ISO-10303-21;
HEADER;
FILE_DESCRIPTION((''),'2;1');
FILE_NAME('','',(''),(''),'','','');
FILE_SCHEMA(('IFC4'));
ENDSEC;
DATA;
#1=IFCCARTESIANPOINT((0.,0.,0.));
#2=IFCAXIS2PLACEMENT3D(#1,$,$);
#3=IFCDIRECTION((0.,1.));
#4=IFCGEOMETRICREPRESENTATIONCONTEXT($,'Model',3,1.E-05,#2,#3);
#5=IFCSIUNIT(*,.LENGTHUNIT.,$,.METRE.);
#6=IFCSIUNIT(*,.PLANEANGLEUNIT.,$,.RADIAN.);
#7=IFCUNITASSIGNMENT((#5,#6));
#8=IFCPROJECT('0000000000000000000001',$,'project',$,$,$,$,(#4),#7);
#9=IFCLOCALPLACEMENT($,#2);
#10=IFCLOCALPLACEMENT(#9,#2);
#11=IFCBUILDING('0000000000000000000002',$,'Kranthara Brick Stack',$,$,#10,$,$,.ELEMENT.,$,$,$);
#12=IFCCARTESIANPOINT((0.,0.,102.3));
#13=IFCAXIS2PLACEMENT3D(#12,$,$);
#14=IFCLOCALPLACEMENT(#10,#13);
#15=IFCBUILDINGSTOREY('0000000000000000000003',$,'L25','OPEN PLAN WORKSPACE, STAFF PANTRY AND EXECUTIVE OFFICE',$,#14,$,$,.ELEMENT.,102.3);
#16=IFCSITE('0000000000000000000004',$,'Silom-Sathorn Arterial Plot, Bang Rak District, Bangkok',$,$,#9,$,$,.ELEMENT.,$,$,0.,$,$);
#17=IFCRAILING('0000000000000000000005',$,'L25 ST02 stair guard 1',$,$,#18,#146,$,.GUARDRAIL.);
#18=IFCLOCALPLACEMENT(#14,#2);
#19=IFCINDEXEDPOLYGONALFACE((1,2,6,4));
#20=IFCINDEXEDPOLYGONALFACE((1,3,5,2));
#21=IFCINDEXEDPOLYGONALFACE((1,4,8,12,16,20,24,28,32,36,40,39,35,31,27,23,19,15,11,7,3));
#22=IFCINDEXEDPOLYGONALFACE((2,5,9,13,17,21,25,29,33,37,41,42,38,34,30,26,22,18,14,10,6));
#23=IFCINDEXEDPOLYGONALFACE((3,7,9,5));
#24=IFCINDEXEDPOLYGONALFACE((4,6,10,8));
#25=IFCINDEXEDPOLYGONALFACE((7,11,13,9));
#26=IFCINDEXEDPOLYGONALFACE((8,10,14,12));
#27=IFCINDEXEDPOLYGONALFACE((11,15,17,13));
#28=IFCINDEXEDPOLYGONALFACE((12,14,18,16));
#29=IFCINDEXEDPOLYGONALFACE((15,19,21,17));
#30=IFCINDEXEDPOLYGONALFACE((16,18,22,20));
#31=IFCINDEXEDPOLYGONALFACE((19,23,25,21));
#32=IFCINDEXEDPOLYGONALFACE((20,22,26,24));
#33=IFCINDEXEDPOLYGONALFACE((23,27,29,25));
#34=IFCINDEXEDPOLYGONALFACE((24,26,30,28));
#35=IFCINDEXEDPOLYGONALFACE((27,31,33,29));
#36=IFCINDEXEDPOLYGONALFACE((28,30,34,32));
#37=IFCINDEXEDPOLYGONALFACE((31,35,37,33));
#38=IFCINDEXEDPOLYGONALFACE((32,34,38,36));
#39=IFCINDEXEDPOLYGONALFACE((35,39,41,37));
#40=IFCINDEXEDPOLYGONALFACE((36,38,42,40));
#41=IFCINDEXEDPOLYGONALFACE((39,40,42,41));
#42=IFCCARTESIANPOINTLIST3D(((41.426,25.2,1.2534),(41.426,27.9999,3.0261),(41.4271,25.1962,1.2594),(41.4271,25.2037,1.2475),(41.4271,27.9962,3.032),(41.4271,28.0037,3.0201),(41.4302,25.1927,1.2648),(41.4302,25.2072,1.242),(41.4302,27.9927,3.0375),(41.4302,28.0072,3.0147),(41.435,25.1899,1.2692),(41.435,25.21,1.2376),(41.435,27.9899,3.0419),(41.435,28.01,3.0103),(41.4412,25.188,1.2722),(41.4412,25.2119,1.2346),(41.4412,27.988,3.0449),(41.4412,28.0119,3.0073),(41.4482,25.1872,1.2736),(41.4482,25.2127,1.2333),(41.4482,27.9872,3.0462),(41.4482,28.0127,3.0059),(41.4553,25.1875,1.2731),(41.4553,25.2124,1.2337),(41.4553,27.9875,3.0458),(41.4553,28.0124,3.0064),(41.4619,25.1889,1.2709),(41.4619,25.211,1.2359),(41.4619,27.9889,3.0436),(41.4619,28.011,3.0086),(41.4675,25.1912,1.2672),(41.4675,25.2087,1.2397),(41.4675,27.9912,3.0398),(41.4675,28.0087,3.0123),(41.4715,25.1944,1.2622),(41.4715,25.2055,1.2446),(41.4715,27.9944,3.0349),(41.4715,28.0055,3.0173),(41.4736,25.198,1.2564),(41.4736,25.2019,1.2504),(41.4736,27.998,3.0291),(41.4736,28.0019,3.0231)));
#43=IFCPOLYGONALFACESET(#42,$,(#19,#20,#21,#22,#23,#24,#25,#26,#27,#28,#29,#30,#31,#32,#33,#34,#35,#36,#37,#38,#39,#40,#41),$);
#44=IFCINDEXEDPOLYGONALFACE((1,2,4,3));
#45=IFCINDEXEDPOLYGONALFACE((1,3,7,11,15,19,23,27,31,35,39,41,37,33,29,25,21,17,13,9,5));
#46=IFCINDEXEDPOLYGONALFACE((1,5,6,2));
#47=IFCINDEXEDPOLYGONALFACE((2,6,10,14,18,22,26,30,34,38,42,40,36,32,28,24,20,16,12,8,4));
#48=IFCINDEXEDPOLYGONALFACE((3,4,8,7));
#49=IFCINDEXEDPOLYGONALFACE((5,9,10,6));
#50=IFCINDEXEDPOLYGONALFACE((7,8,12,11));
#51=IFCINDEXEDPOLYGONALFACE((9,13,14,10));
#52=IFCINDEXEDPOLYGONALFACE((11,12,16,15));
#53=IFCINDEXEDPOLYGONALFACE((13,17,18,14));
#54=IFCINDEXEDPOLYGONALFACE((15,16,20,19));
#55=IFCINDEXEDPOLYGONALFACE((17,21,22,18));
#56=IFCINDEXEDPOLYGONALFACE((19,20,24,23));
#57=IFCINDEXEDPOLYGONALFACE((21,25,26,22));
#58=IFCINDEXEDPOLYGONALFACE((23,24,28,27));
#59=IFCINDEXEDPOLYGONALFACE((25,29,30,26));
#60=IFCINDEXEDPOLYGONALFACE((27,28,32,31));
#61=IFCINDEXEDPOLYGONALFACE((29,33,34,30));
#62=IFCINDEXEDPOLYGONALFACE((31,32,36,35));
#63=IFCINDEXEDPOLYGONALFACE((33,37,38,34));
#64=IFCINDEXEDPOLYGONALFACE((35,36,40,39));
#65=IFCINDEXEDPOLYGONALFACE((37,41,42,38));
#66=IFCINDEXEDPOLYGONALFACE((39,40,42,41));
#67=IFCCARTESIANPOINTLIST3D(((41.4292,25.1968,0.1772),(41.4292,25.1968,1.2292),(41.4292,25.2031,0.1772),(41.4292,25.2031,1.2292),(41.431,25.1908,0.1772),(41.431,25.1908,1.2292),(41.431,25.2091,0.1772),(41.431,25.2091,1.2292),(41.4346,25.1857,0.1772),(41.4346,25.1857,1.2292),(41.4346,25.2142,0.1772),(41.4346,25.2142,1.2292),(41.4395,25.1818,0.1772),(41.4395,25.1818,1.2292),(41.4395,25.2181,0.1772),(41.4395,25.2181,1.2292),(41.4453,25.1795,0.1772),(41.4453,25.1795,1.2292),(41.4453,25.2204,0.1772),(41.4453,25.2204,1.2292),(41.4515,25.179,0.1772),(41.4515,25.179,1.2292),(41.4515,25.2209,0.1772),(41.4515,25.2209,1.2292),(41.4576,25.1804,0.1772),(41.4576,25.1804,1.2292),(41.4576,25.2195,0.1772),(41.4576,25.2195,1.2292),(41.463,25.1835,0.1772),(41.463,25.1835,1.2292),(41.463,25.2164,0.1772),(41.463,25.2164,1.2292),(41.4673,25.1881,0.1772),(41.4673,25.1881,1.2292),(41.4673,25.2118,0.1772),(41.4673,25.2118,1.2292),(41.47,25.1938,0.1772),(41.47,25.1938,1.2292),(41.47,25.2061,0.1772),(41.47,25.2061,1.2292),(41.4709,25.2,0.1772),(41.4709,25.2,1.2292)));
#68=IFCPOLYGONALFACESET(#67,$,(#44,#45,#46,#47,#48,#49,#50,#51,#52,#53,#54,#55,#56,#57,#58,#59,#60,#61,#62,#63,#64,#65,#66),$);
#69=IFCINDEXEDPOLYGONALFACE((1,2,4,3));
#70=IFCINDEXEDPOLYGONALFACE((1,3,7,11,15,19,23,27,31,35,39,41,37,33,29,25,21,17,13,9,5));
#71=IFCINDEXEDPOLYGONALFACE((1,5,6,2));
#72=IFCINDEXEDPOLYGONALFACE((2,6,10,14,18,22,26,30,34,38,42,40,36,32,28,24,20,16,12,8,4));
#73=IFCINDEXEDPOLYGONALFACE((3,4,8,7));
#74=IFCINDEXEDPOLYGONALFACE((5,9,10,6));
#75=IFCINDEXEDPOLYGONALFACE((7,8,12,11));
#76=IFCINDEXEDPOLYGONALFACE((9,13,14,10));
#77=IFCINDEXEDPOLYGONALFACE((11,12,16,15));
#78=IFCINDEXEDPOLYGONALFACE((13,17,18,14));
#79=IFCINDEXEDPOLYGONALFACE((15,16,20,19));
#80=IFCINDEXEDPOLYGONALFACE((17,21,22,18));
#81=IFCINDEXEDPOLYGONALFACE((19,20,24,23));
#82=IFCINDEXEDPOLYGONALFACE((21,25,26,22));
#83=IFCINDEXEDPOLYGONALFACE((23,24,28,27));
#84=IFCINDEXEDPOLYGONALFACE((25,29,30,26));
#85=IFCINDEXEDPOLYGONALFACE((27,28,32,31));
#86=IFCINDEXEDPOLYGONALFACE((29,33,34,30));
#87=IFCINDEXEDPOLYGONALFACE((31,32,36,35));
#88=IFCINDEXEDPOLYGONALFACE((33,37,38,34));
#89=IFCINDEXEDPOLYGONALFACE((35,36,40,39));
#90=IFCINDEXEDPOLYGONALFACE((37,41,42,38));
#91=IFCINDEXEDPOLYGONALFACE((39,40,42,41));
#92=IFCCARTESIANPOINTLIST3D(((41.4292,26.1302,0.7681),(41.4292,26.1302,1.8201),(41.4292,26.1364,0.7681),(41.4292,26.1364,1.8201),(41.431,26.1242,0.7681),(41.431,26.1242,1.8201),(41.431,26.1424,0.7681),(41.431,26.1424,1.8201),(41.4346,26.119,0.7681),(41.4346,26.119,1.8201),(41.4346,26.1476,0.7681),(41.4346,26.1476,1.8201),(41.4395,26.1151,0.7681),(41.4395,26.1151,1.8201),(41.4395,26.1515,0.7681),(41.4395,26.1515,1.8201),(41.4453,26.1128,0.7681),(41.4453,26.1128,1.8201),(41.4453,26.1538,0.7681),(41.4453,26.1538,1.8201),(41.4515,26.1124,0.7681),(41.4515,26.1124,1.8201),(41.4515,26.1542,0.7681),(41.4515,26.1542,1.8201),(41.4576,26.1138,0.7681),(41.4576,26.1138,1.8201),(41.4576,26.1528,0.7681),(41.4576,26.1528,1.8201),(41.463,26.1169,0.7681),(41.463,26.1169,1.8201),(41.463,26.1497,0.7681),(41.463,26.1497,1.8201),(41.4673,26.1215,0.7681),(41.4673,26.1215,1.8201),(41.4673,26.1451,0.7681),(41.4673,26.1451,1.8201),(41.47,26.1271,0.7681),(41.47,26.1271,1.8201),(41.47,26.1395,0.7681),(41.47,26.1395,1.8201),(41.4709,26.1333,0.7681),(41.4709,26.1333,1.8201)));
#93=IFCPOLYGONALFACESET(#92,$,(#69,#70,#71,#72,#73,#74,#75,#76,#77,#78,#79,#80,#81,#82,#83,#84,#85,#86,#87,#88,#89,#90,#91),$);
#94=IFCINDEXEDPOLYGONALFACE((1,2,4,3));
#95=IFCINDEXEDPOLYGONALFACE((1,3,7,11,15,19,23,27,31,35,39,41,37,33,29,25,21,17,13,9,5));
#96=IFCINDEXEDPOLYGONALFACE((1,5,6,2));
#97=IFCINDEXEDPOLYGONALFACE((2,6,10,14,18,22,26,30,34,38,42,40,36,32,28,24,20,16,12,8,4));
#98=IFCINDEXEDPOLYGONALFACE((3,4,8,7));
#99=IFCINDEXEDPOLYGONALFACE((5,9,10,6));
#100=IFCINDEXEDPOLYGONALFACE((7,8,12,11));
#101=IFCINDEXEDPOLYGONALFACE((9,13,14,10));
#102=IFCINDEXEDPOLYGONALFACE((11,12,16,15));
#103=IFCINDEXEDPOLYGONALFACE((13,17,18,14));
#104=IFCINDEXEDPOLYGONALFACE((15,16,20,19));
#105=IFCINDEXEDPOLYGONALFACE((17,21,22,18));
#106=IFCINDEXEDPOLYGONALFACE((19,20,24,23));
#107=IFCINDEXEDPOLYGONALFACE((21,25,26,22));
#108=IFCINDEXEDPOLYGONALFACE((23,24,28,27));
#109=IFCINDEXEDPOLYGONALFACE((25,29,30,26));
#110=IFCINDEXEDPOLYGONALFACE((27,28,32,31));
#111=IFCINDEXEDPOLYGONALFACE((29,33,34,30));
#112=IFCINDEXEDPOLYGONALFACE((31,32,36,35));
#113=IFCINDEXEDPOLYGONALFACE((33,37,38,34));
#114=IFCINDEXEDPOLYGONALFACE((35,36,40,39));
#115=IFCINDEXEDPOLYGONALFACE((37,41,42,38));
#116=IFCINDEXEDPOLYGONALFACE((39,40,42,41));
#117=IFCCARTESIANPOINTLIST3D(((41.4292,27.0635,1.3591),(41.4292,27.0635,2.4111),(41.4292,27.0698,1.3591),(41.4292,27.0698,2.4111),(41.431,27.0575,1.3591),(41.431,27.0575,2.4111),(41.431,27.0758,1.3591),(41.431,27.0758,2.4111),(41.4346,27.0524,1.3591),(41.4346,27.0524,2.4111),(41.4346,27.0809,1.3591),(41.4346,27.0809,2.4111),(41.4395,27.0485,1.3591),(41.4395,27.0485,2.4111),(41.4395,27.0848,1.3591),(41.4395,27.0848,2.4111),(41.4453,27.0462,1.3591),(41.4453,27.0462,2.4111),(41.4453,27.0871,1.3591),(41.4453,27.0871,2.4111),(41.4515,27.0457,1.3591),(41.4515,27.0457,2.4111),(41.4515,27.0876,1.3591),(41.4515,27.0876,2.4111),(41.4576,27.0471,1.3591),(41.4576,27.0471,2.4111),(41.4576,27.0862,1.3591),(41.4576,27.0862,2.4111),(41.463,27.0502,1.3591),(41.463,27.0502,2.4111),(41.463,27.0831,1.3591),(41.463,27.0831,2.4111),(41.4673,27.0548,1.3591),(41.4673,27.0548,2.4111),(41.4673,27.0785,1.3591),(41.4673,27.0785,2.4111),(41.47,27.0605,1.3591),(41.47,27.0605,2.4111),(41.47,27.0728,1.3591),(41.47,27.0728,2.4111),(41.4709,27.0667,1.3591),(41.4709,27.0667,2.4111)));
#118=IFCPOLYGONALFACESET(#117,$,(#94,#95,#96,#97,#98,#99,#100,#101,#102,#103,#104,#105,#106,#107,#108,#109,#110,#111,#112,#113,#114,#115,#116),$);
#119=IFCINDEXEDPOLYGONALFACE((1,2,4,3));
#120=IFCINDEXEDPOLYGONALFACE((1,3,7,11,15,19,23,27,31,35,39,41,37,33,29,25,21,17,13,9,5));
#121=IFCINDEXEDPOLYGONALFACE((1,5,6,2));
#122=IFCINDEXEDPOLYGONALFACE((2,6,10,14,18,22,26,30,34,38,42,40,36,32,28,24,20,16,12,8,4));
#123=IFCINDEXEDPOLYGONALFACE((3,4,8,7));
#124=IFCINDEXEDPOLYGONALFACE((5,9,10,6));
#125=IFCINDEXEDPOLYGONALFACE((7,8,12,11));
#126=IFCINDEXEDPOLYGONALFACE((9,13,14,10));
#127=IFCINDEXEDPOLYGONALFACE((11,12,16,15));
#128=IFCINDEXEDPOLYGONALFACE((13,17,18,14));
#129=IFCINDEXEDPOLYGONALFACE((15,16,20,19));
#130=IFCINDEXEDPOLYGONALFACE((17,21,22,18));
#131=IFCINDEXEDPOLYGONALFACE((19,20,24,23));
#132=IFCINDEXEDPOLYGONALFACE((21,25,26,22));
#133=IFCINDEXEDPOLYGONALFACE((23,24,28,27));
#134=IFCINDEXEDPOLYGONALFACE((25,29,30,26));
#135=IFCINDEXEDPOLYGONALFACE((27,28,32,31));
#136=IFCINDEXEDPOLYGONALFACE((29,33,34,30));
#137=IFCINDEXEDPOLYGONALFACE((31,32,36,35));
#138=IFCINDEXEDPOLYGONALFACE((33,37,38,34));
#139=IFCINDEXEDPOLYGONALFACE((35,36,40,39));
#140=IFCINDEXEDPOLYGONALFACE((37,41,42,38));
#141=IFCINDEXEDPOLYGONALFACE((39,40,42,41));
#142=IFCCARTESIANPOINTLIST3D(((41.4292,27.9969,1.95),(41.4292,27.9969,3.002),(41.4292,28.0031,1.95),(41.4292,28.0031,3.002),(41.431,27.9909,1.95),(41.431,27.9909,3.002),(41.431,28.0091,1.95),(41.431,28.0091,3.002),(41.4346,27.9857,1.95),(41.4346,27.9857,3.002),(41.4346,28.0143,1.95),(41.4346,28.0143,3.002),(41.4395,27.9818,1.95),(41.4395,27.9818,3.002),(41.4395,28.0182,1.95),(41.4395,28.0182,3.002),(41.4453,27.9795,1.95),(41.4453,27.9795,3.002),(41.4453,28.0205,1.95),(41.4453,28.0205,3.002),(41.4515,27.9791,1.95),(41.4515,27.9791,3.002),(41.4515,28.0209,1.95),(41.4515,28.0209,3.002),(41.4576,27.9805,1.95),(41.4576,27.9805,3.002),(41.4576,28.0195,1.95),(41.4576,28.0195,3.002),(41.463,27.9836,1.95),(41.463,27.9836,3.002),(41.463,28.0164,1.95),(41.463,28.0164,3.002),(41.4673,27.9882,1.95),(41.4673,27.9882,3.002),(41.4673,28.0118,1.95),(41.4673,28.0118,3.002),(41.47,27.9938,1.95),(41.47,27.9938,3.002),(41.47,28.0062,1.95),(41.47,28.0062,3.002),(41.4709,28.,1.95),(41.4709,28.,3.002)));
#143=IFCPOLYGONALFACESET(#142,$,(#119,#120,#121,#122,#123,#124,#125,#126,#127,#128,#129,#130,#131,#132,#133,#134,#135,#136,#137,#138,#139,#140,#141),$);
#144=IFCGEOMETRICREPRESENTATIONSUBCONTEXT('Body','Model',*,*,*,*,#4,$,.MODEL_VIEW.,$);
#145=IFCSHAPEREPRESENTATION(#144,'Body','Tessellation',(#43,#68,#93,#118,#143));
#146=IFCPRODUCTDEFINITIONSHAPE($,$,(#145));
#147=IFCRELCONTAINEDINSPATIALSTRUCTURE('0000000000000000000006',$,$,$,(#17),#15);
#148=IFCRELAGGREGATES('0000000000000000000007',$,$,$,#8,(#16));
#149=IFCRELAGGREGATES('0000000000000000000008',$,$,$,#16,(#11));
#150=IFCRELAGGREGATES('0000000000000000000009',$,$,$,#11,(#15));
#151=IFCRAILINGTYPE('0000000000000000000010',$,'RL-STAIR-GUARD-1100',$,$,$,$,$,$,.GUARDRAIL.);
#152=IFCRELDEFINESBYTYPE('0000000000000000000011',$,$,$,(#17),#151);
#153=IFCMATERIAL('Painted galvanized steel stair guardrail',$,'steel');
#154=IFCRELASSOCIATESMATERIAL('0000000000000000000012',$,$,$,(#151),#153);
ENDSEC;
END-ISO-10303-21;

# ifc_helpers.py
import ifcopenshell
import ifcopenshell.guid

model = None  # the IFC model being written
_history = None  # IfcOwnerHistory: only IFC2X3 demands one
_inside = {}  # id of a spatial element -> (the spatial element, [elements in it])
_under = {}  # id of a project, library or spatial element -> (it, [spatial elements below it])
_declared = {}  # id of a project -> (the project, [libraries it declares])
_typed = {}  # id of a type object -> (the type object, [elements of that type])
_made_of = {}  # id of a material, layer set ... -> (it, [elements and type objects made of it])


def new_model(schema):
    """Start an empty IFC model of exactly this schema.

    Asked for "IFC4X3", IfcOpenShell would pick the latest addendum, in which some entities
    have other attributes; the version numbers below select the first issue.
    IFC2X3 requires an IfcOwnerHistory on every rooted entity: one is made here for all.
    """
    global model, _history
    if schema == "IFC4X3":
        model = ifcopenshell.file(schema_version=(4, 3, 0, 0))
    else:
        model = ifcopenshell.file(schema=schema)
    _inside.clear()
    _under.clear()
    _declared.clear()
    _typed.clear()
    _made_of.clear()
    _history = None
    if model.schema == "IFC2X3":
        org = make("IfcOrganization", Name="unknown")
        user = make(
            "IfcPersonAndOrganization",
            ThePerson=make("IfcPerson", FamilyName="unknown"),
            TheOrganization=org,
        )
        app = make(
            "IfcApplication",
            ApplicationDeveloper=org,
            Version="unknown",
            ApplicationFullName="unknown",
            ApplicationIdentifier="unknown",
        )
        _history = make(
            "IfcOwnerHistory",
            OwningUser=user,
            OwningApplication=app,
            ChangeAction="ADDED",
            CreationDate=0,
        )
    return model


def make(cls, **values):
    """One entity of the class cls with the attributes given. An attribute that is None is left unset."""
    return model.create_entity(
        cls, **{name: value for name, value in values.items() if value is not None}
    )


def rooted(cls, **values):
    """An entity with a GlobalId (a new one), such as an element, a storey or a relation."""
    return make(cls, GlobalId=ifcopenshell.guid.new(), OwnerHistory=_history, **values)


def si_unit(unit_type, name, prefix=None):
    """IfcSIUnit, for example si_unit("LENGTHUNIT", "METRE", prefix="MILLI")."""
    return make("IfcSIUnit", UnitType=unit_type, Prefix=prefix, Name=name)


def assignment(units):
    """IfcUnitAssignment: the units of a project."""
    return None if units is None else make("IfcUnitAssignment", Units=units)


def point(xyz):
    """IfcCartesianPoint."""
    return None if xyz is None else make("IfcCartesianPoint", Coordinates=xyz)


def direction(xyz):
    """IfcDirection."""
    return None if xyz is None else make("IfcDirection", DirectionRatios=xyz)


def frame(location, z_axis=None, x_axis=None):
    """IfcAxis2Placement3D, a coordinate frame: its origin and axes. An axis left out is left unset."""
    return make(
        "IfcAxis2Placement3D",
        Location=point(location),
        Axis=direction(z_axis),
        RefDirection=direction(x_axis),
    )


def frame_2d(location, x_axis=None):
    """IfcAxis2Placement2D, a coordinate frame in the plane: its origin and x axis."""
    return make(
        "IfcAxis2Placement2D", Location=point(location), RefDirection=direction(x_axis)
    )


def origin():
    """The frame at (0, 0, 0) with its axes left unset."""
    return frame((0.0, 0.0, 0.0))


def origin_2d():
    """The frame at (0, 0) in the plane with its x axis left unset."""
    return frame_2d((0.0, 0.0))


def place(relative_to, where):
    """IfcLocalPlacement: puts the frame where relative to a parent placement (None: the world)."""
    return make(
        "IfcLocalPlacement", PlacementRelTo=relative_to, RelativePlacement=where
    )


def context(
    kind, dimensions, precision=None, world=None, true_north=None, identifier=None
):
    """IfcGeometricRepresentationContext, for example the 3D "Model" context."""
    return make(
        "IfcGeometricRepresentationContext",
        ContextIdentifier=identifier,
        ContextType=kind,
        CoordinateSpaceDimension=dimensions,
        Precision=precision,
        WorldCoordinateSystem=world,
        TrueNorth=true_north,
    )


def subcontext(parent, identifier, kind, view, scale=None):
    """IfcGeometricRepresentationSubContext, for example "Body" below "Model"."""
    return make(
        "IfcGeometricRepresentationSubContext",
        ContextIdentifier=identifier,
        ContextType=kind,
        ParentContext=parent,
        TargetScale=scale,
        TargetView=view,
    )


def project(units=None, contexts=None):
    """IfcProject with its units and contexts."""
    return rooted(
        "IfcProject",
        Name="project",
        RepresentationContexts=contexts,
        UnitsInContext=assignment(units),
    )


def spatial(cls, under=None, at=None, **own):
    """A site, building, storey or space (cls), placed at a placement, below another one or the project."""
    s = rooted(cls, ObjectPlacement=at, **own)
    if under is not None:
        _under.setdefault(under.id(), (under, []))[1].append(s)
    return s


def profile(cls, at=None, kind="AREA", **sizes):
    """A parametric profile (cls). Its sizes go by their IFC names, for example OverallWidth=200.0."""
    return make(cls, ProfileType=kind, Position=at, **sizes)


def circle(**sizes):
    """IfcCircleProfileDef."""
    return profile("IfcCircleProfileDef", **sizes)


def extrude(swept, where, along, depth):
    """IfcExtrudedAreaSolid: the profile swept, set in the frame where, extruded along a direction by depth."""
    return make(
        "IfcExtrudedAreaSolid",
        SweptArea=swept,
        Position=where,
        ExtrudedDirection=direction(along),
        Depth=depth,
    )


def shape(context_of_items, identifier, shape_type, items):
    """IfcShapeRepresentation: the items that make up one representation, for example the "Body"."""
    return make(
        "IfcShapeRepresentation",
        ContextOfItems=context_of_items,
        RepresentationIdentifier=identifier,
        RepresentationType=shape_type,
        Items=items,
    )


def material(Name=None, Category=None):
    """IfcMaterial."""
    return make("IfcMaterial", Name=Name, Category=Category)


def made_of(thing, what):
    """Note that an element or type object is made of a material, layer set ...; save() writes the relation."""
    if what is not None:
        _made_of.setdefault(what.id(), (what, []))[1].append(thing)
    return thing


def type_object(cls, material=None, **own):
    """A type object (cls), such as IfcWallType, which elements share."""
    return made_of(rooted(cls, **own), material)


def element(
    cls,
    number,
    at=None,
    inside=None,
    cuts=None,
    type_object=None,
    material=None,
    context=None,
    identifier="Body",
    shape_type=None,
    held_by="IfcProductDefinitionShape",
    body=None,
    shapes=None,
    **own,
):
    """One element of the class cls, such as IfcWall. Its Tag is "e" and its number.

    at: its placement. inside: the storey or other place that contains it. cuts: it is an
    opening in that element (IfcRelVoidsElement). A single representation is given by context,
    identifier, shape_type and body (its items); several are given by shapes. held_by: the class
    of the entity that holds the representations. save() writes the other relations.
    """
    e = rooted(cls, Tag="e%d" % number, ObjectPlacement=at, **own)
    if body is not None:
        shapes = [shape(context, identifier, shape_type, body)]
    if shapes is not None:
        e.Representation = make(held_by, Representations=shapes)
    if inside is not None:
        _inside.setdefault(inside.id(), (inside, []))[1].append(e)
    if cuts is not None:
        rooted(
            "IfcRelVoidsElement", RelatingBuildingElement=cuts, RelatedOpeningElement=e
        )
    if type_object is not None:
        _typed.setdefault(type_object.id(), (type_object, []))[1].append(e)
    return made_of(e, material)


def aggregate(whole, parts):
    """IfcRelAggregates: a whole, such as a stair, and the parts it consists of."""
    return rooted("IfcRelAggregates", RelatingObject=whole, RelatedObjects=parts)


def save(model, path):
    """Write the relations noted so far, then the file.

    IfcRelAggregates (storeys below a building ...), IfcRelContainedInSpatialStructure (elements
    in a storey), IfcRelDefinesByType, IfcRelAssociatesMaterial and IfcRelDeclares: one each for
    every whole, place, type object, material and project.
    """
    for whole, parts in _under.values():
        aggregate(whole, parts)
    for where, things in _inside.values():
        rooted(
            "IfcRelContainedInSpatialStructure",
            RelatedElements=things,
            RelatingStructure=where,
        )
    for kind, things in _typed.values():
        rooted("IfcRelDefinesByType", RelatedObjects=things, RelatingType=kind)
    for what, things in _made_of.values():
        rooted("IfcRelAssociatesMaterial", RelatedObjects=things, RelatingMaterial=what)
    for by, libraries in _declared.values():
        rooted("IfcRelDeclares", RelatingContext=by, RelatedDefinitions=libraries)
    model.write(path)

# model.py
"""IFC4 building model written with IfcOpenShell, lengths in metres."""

from ifc_helpers import new_model, si_unit, direction, frame, origin, origin_2d, place, context, subcontext, project, spatial, circle, extrude, material, type_object, element, save


model = new_model("IFC4")

# Units and contexts
model_context = context("Model", 3, precision=1e-05, world=origin(), true_north=direction((0.0, 1.0)))
body_context = subcontext(model_context, "Body", "Model", "MODEL_VIEW")
ifc_project = project(units=[si_unit("LENGTHUNIT", "METRE"), si_unit("PLANEANGLEUNIT", "RADIAN")], contexts=[model_context])

# Site, building, storey
site_placement = place(None, origin())
site = spatial("IfcSite", under=ifc_project, at=site_placement, Name="Silom-Sathorn Arterial Plot, Bang Rak District, Bangkok", CompositionType="ELEMENT", RefElevation=0.0)
building_placement = place(site_placement, origin())
building = spatial("IfcBuilding", under=site, at=building_placement, Name="Kranthara Brick Stack", CompositionType="ELEMENT")
storey_placement = place(building_placement, frame((0.0, 0.0, 102.3)))
storey = spatial("IfcBuildingStorey", under=building, at=storey_placement, Name="L25", Description="OPEN PLAN WORKSPACE, STAFF PANTRY AND EXECUTIVE OFFICE", CompositionType="ELEMENT", Elevation=102.3)

# Railing
ifc_material_1 = material(Name="Painted galvanized steel stair guardrail", Category="steel")
railing_type_1 = type_object("IfcRailingType", Name="RL-STAIR-GUARD-1100", PredefinedType="GUARDRAIL", material=ifc_material_1)
railing_1_placement = place(storey_placement, frame((41.45, 25.2, 0.1772)))
element("IfcRailing", 1, at=railing_1_placement, inside=storey, type_object=railing_type_1, Name="L25 ST02 stair guard 1", PredefinedType="GUARDRAIL", context=body_context, shape_type="SweptSolid", body=[
    extrude(circle(Radius=0.0239, at=origin_2d()), frame((0.0, 0.0, 1.0762), z_axis=(0.0, 0.844909, 0.53491), x_axis=(-1.0, 0.0, 0.0)), (0.0, 0.0, 1.0), 3.314),
    extrude(circle(Radius=0.021, at=origin_2d()), origin(), (0.0, 0.0, 1.0), 1.052),
    extrude(circle(Radius=0.021, at=origin_2d()), frame((0.0, 0.9333, 0.5908)), (0.0, 0.0, 1.0), 1.052),
    extrude(circle(Radius=0.021, at=origin_2d()), frame((0.0, 1.8667, 1.1819)), (0.0, 0.0, 1.0), 1.052),
    extrude(circle(Radius=0.021, at=origin_2d()), frame((0.0, 2.8, 1.7727)), (0.0, 0.0, 1.0), 1.052),
])

save(model, "model.ifc")
